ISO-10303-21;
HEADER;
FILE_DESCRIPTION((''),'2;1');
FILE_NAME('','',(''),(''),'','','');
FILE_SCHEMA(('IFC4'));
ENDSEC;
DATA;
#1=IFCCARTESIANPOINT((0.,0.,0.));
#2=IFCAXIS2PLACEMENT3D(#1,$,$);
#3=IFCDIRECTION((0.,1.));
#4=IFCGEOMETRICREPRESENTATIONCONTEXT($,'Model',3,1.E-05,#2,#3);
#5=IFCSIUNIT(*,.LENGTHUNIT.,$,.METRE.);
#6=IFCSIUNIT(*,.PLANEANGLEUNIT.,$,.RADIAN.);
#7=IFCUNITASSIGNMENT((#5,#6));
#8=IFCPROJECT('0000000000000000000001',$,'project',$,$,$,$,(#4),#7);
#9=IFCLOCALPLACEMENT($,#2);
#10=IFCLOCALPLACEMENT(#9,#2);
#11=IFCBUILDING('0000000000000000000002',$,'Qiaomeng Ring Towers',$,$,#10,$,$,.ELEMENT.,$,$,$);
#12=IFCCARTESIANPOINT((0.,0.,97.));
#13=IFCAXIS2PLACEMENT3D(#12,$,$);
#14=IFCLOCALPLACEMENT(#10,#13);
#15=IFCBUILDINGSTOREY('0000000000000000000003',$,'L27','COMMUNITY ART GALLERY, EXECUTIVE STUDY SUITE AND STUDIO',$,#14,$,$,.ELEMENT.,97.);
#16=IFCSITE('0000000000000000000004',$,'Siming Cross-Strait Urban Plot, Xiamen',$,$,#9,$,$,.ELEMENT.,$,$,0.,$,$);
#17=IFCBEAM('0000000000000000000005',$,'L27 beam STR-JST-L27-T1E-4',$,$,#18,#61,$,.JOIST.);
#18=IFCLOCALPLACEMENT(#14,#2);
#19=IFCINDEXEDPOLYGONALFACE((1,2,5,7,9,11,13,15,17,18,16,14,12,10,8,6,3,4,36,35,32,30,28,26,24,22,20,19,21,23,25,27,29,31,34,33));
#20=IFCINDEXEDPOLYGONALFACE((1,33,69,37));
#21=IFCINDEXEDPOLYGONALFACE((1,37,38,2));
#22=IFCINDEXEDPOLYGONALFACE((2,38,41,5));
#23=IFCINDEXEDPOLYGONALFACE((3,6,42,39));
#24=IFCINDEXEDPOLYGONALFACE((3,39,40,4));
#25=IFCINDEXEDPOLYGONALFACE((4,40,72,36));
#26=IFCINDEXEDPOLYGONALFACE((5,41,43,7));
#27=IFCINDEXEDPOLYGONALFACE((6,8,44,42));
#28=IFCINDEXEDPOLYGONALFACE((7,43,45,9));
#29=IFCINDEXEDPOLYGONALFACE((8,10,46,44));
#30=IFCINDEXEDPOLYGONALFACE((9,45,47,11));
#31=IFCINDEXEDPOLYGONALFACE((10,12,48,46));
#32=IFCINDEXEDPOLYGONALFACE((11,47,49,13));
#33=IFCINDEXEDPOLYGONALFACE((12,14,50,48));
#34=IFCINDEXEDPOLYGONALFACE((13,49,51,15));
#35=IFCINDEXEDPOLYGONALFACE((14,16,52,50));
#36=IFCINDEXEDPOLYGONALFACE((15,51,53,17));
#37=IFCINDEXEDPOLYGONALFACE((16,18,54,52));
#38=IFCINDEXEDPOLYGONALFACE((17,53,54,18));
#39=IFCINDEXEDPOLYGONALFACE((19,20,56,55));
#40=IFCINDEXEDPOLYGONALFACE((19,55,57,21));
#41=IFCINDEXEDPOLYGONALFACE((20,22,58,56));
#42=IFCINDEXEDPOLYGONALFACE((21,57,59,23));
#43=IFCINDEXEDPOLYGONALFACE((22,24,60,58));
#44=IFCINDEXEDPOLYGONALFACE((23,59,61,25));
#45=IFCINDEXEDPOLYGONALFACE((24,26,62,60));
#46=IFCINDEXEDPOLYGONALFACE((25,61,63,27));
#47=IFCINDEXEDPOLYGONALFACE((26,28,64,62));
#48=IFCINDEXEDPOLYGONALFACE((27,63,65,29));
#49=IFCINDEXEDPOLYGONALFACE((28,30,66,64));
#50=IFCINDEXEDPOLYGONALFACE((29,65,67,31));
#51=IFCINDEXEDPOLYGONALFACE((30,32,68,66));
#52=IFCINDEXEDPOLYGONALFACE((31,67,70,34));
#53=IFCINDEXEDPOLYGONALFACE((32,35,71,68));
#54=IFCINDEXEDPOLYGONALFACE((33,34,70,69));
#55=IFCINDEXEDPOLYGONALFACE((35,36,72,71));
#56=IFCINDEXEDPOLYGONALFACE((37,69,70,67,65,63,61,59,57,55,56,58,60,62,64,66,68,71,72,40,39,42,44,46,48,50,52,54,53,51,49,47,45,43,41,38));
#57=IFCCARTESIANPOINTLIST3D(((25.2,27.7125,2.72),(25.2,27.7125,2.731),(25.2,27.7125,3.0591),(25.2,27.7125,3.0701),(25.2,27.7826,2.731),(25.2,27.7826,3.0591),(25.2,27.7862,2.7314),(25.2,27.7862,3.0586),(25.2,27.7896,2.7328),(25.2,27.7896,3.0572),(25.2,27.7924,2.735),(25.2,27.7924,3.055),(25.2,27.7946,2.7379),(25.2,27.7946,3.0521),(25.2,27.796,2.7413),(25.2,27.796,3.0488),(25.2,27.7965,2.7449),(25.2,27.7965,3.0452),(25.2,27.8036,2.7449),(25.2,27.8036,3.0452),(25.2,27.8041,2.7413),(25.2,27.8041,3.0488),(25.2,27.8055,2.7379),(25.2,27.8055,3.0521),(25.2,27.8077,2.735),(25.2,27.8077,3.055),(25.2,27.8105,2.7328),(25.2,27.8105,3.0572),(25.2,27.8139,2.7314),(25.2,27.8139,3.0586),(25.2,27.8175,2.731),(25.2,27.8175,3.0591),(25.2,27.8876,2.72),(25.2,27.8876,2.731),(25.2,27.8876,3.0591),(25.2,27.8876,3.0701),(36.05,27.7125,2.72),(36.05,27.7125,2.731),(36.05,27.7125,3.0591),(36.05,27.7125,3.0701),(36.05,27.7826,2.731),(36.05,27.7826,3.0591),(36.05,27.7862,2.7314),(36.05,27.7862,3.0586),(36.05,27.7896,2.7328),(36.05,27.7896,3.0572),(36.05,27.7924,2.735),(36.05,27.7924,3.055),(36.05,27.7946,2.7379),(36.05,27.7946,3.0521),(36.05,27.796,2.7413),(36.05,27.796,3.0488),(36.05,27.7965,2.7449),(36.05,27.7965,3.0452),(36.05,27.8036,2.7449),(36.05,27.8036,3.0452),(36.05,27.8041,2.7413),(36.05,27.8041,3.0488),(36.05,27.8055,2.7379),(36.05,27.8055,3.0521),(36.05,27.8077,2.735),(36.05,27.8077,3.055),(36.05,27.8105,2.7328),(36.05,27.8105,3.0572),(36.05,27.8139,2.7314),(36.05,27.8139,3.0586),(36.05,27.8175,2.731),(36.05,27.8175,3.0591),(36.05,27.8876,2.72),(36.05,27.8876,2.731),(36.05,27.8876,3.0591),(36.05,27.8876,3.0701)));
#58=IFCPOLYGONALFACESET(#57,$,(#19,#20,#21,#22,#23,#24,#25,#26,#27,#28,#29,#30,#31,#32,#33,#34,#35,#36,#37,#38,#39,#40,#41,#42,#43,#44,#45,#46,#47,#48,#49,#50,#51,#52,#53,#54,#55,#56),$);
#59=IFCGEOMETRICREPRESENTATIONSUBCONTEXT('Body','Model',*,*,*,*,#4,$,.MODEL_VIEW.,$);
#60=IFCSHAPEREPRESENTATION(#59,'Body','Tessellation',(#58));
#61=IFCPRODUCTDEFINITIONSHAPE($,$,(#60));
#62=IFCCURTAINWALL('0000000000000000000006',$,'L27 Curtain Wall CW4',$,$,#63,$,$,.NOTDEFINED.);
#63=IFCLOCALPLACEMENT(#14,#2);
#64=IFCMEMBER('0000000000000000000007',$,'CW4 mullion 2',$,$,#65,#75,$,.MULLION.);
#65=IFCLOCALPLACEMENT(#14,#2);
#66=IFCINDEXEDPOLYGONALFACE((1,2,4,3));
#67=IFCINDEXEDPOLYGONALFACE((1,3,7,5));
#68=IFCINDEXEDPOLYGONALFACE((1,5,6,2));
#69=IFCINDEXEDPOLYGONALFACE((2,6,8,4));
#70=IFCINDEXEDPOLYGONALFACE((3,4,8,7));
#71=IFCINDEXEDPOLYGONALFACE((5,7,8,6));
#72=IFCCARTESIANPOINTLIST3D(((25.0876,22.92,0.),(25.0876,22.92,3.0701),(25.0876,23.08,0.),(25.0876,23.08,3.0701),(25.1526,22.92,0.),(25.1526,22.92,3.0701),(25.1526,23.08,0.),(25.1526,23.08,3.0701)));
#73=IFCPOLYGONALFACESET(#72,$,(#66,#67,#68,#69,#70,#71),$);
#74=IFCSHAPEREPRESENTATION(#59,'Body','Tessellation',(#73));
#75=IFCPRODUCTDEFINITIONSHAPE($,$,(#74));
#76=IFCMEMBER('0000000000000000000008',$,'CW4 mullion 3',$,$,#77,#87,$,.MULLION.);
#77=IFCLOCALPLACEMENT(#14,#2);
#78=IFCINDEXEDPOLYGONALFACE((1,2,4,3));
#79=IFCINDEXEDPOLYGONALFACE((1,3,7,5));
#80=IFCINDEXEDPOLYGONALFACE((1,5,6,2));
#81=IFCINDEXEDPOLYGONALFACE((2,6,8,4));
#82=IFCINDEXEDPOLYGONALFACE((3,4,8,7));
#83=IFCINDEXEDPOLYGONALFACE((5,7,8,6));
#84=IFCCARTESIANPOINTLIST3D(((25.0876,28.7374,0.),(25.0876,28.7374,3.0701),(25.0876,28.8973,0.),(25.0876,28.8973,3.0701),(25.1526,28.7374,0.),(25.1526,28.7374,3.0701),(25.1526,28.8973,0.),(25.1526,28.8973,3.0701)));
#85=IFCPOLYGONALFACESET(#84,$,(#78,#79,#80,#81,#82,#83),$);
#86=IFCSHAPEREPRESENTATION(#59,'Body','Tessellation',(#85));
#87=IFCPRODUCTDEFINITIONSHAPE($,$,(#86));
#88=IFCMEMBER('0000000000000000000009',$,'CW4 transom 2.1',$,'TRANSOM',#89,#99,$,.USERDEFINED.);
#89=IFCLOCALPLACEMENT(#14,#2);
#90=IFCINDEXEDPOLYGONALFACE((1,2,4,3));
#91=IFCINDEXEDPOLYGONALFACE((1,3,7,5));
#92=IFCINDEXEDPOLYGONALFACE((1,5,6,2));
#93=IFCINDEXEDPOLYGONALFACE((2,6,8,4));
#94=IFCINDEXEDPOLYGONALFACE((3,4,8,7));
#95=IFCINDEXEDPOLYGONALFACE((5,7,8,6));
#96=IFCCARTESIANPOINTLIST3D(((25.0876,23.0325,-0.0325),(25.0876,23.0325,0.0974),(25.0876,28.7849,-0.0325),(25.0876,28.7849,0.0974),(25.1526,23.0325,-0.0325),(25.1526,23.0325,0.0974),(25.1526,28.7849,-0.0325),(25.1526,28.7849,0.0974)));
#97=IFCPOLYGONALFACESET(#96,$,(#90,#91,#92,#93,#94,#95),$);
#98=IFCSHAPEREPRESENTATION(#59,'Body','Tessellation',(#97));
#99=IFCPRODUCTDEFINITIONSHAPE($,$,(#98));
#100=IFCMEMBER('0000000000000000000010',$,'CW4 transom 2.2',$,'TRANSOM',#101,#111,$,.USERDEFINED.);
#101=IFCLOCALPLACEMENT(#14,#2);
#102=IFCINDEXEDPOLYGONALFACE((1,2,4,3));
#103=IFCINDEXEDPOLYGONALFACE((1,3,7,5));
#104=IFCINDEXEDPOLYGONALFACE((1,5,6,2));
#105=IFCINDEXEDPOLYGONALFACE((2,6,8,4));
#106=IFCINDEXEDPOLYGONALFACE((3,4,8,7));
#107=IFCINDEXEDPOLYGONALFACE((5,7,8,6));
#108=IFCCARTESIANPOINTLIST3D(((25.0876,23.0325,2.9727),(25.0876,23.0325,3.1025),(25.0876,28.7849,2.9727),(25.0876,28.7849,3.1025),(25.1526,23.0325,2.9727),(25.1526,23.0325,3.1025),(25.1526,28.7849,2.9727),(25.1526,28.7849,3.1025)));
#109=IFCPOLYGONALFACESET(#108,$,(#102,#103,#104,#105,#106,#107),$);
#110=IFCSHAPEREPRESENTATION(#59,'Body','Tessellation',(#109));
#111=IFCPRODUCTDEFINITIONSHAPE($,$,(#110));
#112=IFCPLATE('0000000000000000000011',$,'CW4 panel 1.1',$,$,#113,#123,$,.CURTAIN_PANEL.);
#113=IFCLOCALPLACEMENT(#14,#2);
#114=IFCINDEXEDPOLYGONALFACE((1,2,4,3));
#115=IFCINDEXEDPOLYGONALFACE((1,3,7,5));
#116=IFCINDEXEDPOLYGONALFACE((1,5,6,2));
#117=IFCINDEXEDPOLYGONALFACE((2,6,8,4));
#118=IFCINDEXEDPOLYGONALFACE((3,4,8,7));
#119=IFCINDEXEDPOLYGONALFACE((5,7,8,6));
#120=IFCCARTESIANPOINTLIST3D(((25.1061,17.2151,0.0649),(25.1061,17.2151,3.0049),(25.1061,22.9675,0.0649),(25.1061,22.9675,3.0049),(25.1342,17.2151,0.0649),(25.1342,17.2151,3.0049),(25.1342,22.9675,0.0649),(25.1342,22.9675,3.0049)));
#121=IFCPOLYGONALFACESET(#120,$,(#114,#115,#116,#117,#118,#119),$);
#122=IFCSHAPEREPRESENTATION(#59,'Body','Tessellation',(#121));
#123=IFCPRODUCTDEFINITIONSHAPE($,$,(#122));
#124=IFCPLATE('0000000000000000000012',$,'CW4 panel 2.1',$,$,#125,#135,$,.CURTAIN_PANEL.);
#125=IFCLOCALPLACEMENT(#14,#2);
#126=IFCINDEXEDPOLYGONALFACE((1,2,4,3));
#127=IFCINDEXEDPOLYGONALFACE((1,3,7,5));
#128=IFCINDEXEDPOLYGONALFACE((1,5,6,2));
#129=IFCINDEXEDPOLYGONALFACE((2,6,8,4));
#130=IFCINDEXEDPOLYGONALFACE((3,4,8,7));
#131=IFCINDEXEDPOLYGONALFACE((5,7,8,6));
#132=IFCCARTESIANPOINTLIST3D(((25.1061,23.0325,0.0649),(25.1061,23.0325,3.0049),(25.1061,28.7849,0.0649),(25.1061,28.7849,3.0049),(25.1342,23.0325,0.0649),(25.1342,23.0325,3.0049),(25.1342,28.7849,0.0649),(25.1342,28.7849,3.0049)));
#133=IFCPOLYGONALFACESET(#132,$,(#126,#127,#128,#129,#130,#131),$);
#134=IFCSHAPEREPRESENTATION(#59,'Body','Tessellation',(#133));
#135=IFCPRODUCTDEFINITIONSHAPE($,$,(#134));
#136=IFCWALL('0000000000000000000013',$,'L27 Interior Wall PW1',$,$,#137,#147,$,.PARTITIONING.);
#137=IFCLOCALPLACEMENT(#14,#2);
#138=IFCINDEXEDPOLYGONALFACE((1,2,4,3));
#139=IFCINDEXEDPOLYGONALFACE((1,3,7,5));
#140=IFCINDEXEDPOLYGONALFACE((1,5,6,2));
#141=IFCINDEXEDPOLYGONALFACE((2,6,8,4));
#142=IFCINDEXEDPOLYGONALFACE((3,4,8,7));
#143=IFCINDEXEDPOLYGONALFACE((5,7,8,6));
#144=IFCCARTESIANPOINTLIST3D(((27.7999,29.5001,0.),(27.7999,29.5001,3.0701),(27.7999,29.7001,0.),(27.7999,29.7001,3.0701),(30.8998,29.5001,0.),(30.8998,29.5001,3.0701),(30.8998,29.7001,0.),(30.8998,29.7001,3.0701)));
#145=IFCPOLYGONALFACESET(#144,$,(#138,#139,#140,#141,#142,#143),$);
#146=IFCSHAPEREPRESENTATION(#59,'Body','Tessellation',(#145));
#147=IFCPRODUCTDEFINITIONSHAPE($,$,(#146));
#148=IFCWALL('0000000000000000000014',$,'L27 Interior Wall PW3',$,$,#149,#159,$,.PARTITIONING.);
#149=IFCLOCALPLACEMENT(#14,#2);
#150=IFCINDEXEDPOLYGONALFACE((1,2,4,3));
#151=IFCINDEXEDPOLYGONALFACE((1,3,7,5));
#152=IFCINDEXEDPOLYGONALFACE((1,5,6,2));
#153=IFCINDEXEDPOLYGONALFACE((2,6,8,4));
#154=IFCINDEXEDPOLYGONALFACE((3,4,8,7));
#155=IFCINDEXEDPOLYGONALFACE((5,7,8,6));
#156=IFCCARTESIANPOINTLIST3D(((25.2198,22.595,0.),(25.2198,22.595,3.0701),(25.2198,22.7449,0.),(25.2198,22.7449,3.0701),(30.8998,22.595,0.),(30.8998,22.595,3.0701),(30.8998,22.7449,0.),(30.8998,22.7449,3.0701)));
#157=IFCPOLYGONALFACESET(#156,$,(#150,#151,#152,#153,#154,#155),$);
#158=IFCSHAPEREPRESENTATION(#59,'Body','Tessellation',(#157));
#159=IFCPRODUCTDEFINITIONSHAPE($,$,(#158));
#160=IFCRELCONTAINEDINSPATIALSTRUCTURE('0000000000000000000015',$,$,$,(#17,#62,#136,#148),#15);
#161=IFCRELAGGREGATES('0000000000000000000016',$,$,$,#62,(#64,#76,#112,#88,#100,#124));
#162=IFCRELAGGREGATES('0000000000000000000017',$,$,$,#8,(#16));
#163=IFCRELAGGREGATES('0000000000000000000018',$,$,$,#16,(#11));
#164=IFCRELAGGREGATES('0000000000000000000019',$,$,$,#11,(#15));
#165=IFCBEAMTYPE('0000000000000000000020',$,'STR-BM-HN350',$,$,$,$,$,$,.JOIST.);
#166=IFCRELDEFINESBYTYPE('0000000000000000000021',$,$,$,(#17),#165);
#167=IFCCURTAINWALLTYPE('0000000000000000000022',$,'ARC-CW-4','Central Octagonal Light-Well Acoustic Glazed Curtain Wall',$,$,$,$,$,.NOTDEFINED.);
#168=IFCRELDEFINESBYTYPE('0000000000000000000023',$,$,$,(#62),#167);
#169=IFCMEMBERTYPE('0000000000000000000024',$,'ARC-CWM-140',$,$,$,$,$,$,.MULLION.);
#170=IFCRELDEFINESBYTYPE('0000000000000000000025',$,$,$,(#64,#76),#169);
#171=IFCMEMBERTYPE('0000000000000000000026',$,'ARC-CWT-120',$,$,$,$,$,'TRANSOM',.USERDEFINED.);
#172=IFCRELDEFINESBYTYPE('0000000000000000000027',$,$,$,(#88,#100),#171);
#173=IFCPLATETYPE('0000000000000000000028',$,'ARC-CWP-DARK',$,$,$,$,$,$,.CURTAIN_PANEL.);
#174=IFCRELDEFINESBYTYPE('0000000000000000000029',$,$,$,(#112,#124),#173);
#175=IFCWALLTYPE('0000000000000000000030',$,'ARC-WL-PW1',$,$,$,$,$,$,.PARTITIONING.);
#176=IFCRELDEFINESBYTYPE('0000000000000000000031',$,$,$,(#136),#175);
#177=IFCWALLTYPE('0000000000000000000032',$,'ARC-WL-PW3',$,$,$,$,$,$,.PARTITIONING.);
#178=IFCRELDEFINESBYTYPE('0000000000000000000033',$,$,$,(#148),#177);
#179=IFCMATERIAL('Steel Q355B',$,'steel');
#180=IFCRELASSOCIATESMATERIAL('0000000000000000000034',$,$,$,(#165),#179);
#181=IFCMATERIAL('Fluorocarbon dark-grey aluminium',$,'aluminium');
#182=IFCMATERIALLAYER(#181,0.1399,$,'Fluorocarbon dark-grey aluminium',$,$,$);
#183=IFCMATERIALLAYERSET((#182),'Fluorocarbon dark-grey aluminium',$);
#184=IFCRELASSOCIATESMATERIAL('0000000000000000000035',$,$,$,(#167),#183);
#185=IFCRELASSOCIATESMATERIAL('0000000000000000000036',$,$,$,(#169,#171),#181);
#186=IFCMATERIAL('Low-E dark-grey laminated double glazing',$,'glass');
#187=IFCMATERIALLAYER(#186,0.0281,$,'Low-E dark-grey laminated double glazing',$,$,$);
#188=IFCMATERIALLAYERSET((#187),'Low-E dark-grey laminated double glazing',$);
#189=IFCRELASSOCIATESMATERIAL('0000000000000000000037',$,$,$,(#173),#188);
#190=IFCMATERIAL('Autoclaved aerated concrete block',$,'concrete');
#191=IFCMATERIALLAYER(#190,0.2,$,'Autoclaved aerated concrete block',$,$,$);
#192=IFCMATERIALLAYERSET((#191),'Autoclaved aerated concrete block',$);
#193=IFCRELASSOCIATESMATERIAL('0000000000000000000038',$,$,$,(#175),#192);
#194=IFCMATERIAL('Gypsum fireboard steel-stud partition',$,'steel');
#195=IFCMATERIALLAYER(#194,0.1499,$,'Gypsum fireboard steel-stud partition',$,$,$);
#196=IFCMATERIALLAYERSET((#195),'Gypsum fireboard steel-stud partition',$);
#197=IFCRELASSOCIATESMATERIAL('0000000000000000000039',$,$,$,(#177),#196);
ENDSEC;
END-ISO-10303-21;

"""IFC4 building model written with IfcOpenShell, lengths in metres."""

from ifc_helpers import new_model, si_unit, direction, frame, frame_2d, origin, origin_2d, place, context, subcontext, project, spatial, rectangle, i_section, extrude, source, transform, mapped, material, layer, layer_set, material_profile, profile_set, type_object, element, aggregate, save


model = new_model("IFC4")

# Units and contexts
model_context = context("Model", 3, precision=1e-05, world=origin(), true_north=direction((0.0, 1.0)))
body_context = subcontext(model_context, "Body", "Model", "MODEL_VIEW")
ifc_project = project(units=[si_unit("LENGTHUNIT", "METRE"), si_unit("PLANEANGLEUNIT", "RADIAN")], contexts=[model_context])

# Site, building, storey
site_placement = place(None, origin())
site = spatial("IfcSite", under=ifc_project, at=site_placement, Name="Siming Cross-Strait Urban Plot, Xiamen", CompositionType="ELEMENT", RefElevation=0.0)
building_placement = place(site_placement, origin())
building = spatial("IfcBuilding", under=site, at=building_placement, Name="Qiaomeng Ring Towers", CompositionType="ELEMENT")
storey_placement = place(building_placement, frame((0.0, 0.0, 97.0)))
storey = spatial("IfcBuildingStorey", under=building, at=storey_placement, Name="L27", Description="COMMUNITY ART GALLERY, EXECUTIVE STUDY SUITE AND STUDIO", CompositionType="ELEMENT", Elevation=97.0)

# Beam
ifc_material_1 = material(Name="Steel Q355B", Category="steel")
ifc_material_profile_1 = material_profile(ifc_material_1, i_section(OverallWidth=0.175, OverallDepth=0.3501, WebThickness=0.0071, FlangeThickness=0.011, FilletRadius=0.0139, at=origin_2d()), Name="HN 350x175x7x11")
ifc_profile_set_1 = profile_set([ifc_material_profile_1], Name="Steel Q355B")
beam_type_1 = type_object("IfcBeamType", Name="STR-BM-HN350", PredefinedType="JOIST", material=ifc_profile_set_1)
shared_shape_1 = source(origin(), body_context, "Body", "SweptSolid", [
    extrude(i_section(OverallWidth=0.175, OverallDepth=0.3501, WebThickness=0.0071, FlangeThickness=0.011, FilletRadius=0.0139, at=origin_2d()), origin(), (0.0, 0.0, 1.0), 10.8501),
])
for number, where, z_axis, x_axis, name in (
    (1, (25.2, 27.8, 2.895), (1.0, 0.0, 0.0), (0.0, 1.0, 0.0), "L27 beam STR-JST-L27-T1E-4"),
):
    element("IfcBeam", number, at=place(storey_placement, frame(where, z_axis=z_axis, x_axis=x_axis)), inside=storey, type_object=beam_type_1, Name=name, PredefinedType="JOIST", context=body_context, shape_type="MappedRepresentation", body=[
        mapped(shared_shape_1, transform((0.0, 0.0, 0.0), x_axis=(1.0, 0.0, 0.0), y_axis=(0.0, 1.0, 0.0), z_axis=(0.0, 0.0, 1.0), scale=1.0)),
    ])

# Curtain wall, members, plates
ifc_material_2 = material(Name="Fluorocarbon dark-grey aluminium", Category="aluminium")
ifc_layer_1 = layer(ifc_material_2, 0.1399, Name="Fluorocarbon dark-grey aluminium")
ifc_layer_set_1 = layer_set([ifc_layer_1], Name="Fluorocarbon dark-grey aluminium")
curtain_wall_type = type_object("IfcCurtainWallType", Name="ARC-CW-4", Description="Central Octagonal Light-Well Acoustic Glazed Curtain Wall", PredefinedType="NOTDEFINED", material=ifc_layer_set_1)
curtain_wall_placement = place(storey_placement, origin())
curtain_wall = element("IfcCurtainWall", 2, at=curtain_wall_placement, inside=storey, type_object=curtain_wall_type, Name="L27 Curtain Wall CW4", PredefinedType="NOTDEFINED")
ifc_material_profile_2 = material_profile(ifc_material_2, rectangle(XDim=0.0649, YDim=0.1599, at=origin_2d()), Name="ALU MULL 65x160")
ifc_profile_set_2 = profile_set([ifc_material_profile_2], Name="Fluorocarbon dark-grey aluminium")
member_type_1 = type_object("IfcMemberType", Name="ARC-CWM-140", PredefinedType="MULLION", material=ifc_profile_set_2)
shared_shape_2 = source(origin(), body_context, "Body", "SweptSolid", [
    extrude(rectangle(XDim=0.0649, YDim=0.1599, at=origin_2d()), origin(), (0.0, 0.0, 1.0), 3.0701),
])
member_1_placement = place(storey_placement, frame((25.1201, 23.0, 0.0), z_axis=(0.0, 0.0, 1.0), x_axis=(-1.0, 0.0, 0.0)))
member_1 = element("IfcMember", 3, at=member_1_placement, type_object=member_type_1, Name="CW4 mullion 2", PredefinedType="MULLION", context=body_context, shape_type="MappedRepresentation", body=[
    mapped(shared_shape_2, transform((0.0, 0.0, 0.0), x_axis=(1.0, 0.0, 0.0), y_axis=(0.0, 1.0, 0.0), z_axis=(0.0, 0.0, 1.0), scale=1.0)),
])
member_2_placement = place(storey_placement, frame((25.1201, 28.8174, 0.0), z_axis=(0.0, 0.0, 1.0), x_axis=(-1.0, 0.0, 0.0)))
member_2 = element("IfcMember", 4, at=member_2_placement, type_object=member_type_1, Name="CW4 mullion 3", PredefinedType="MULLION", context=body_context, shape_type="MappedRepresentation", body=[
    mapped(shared_shape_2, transform((0.0, 0.0, 0.0), x_axis=(1.0, 0.0, 0.0), y_axis=(0.0, 1.0, 0.0), z_axis=(0.0, 0.0, 1.0), scale=1.0)),
])
ifc_material_profile_3 = material_profile(ifc_material_2, rectangle(XDim=0.0649, YDim=0.1299, at=origin_2d()), Name="ALU TRAN 65x130")
ifc_profile_set_3 = profile_set([ifc_material_profile_3], Name="Fluorocarbon dark-grey aluminium")
member_type_2 = type_object("IfcMemberType", Name="ARC-CWT-120", ElementType="TRANSOM", PredefinedType="USERDEFINED", material=ifc_profile_set_3)
shared_shape_3 = source(origin(), body_context, "Body", "SweptSolid", [
    extrude(rectangle(XDim=0.0649, YDim=0.1299, at=origin_2d()), origin(), (0.0, 0.0, 1.0), 5.7524),
])
member_3_placement = place(storey_placement, frame((25.1201, 23.0325, 0.0325), z_axis=(0.0, 1.0, 0.0), x_axis=(-1.0, 0.0, 0.0)))
member_3 = element("IfcMember", 5, at=member_3_placement, type_object=member_type_2, Name="CW4 transom 2.1", ObjectType="TRANSOM", PredefinedType="USERDEFINED", context=body_context, shape_type="MappedRepresentation", body=[
    mapped(shared_shape_3, transform((0.0, 0.0, 0.0), x_axis=(1.0, 0.0, 0.0), y_axis=(0.0, 1.0, 0.0), z_axis=(0.0, 0.0, 1.0), scale=1.0)),
])
member_4_placement = place(storey_placement, frame((25.1201, 23.0325, 3.0376), z_axis=(0.0, 1.0, 0.0), x_axis=(-1.0, 0.0, 0.0)))
member_4 = element("IfcMember", 6, at=member_4_placement, type_object=member_type_2, Name="CW4 transom 2.2", ObjectType="TRANSOM", PredefinedType="USERDEFINED", context=body_context, shape_type="MappedRepresentation", body=[
    mapped(shared_shape_3, transform((0.0, 0.0, 0.0), x_axis=(1.0, 0.0, 0.0), y_axis=(0.0, 1.0, 0.0), z_axis=(0.0, 0.0, 1.0), scale=1.0)),
])
ifc_material_3 = material(Name="Low-E dark-grey laminated double glazing", Category="glass")
ifc_layer_2 = layer(ifc_material_3, 0.0281, Name="Low-E dark-grey laminated double glazing")
ifc_layer_set_2 = layer_set([ifc_layer_2], Name="Low-E dark-grey laminated double glazing")
plate_type = type_object("IfcPlateType", Name="ARC-CWP-DARK", PredefinedType="CURTAIN_PANEL", material=ifc_layer_set_2)
shared_shape_4 = source(origin(), body_context, "Body", "SweptSolid", [
    extrude(rectangle(XDim=5.7524, YDim=0.0281, at=origin_2d()), origin(), (0.0, 0.0, 1.0), 2.9399),
])
plate_1_placement = place(storey_placement, frame((25.1201, 20.0913, 0.0649), z_axis=(0.0, 0.0, 1.0), x_axis=(0.0, 1.0, 0.0)))
plate_1 = element("IfcPlate", 7, at=plate_1_placement, type_object=plate_type, Name="CW4 panel 1.1", PredefinedType="CURTAIN_PANEL", context=body_context, shape_type="MappedRepresentation", body=[
    mapped(shared_shape_4, transform((0.0, 0.0, 0.0), x_axis=(1.0, 0.0, 0.0), y_axis=(0.0, 1.0, 0.0), z_axis=(0.0, 0.0, 1.0), scale=1.0)),
])
plate_2_placement = place(storey_placement, frame((25.1201, 25.9087, 0.0649), z_axis=(0.0, 0.0, 1.0), x_axis=(0.0, 1.0, 0.0)))
plate_2 = element("IfcPlate", 8, at=plate_2_placement, type_object=plate_type, Name="CW4 panel 2.1", PredefinedType="CURTAIN_PANEL", context=body_context, shape_type="MappedRepresentation", body=[
    mapped(shared_shape_4, transform((0.0, 0.0, 0.0), x_axis=(1.0, 0.0, 0.0), y_axis=(0.0, 1.0, 0.0), z_axis=(0.0, 0.0, 1.0), scale=1.0)),
])
aggregate(curtain_wall, [member_1, member_2, plate_1, member_3, member_4, plate_2])

# Walls
ifc_material_4 = material(Name="Autoclaved aerated concrete block", Category="concrete")
ifc_layer_3 = layer(ifc_material_4, 0.2, Name="Autoclaved aerated concrete block")
ifc_layer_set_3 = layer_set([ifc_layer_3], Name="Autoclaved aerated concrete block")
wall_type_1 = type_object("IfcWallType", Name="ARC-WL-PW1", PredefinedType="PARTITIONING", material=ifc_layer_set_3)
wall_1_placement = place(storey_placement, frame((27.8, 29.6001, 0.0), z_axis=(0.0, 0.0, 1.0), x_axis=(1.0, 0.0, 0.0)))
element("IfcWall", 9, at=wall_1_placement, inside=storey, type_object=wall_type_1, Name="L27 Interior Wall PW1", PredefinedType="PARTITIONING", context=body_context, shape_type="SweptSolid", body=[
    extrude(rectangle(XDim=3.0999, YDim=0.2, at=frame_2d((1.5498, 0.0))), origin(), (0.0, 0.0, 1.0), 3.0701),
])
ifc_material_5 = material(Name="Gypsum fireboard steel-stud partition", Category="steel")
ifc_layer_4 = layer(ifc_material_5, 0.1499, Name="Gypsum fireboard steel-stud partition")
ifc_layer_set_4 = layer_set([ifc_layer_4], Name="Gypsum fireboard steel-stud partition")
wall_type_2 = type_object("IfcWallType", Name="ARC-WL-PW3", PredefinedType="PARTITIONING", material=ifc_layer_set_4)
wall_2_placement = place(storey_placement, frame((25.22, 22.6699, 0.0), z_axis=(0.0, 0.0, 1.0), x_axis=(1.0, 0.0, 0.0)))
element("IfcWall", 10, at=wall_2_placement, inside=storey, type_object=wall_type_2, Name="L27 Interior Wall PW3", PredefinedType="PARTITIONING", context=body_context, shape_type="SweptSolid", body=[
    extrude(rectangle(XDim=5.6799, YDim=0.1499, at=frame_2d((2.8398, 0.0))), origin(), (0.0, 0.0, 1.0), 3.0701),
])

save(model, "model.ifc")
